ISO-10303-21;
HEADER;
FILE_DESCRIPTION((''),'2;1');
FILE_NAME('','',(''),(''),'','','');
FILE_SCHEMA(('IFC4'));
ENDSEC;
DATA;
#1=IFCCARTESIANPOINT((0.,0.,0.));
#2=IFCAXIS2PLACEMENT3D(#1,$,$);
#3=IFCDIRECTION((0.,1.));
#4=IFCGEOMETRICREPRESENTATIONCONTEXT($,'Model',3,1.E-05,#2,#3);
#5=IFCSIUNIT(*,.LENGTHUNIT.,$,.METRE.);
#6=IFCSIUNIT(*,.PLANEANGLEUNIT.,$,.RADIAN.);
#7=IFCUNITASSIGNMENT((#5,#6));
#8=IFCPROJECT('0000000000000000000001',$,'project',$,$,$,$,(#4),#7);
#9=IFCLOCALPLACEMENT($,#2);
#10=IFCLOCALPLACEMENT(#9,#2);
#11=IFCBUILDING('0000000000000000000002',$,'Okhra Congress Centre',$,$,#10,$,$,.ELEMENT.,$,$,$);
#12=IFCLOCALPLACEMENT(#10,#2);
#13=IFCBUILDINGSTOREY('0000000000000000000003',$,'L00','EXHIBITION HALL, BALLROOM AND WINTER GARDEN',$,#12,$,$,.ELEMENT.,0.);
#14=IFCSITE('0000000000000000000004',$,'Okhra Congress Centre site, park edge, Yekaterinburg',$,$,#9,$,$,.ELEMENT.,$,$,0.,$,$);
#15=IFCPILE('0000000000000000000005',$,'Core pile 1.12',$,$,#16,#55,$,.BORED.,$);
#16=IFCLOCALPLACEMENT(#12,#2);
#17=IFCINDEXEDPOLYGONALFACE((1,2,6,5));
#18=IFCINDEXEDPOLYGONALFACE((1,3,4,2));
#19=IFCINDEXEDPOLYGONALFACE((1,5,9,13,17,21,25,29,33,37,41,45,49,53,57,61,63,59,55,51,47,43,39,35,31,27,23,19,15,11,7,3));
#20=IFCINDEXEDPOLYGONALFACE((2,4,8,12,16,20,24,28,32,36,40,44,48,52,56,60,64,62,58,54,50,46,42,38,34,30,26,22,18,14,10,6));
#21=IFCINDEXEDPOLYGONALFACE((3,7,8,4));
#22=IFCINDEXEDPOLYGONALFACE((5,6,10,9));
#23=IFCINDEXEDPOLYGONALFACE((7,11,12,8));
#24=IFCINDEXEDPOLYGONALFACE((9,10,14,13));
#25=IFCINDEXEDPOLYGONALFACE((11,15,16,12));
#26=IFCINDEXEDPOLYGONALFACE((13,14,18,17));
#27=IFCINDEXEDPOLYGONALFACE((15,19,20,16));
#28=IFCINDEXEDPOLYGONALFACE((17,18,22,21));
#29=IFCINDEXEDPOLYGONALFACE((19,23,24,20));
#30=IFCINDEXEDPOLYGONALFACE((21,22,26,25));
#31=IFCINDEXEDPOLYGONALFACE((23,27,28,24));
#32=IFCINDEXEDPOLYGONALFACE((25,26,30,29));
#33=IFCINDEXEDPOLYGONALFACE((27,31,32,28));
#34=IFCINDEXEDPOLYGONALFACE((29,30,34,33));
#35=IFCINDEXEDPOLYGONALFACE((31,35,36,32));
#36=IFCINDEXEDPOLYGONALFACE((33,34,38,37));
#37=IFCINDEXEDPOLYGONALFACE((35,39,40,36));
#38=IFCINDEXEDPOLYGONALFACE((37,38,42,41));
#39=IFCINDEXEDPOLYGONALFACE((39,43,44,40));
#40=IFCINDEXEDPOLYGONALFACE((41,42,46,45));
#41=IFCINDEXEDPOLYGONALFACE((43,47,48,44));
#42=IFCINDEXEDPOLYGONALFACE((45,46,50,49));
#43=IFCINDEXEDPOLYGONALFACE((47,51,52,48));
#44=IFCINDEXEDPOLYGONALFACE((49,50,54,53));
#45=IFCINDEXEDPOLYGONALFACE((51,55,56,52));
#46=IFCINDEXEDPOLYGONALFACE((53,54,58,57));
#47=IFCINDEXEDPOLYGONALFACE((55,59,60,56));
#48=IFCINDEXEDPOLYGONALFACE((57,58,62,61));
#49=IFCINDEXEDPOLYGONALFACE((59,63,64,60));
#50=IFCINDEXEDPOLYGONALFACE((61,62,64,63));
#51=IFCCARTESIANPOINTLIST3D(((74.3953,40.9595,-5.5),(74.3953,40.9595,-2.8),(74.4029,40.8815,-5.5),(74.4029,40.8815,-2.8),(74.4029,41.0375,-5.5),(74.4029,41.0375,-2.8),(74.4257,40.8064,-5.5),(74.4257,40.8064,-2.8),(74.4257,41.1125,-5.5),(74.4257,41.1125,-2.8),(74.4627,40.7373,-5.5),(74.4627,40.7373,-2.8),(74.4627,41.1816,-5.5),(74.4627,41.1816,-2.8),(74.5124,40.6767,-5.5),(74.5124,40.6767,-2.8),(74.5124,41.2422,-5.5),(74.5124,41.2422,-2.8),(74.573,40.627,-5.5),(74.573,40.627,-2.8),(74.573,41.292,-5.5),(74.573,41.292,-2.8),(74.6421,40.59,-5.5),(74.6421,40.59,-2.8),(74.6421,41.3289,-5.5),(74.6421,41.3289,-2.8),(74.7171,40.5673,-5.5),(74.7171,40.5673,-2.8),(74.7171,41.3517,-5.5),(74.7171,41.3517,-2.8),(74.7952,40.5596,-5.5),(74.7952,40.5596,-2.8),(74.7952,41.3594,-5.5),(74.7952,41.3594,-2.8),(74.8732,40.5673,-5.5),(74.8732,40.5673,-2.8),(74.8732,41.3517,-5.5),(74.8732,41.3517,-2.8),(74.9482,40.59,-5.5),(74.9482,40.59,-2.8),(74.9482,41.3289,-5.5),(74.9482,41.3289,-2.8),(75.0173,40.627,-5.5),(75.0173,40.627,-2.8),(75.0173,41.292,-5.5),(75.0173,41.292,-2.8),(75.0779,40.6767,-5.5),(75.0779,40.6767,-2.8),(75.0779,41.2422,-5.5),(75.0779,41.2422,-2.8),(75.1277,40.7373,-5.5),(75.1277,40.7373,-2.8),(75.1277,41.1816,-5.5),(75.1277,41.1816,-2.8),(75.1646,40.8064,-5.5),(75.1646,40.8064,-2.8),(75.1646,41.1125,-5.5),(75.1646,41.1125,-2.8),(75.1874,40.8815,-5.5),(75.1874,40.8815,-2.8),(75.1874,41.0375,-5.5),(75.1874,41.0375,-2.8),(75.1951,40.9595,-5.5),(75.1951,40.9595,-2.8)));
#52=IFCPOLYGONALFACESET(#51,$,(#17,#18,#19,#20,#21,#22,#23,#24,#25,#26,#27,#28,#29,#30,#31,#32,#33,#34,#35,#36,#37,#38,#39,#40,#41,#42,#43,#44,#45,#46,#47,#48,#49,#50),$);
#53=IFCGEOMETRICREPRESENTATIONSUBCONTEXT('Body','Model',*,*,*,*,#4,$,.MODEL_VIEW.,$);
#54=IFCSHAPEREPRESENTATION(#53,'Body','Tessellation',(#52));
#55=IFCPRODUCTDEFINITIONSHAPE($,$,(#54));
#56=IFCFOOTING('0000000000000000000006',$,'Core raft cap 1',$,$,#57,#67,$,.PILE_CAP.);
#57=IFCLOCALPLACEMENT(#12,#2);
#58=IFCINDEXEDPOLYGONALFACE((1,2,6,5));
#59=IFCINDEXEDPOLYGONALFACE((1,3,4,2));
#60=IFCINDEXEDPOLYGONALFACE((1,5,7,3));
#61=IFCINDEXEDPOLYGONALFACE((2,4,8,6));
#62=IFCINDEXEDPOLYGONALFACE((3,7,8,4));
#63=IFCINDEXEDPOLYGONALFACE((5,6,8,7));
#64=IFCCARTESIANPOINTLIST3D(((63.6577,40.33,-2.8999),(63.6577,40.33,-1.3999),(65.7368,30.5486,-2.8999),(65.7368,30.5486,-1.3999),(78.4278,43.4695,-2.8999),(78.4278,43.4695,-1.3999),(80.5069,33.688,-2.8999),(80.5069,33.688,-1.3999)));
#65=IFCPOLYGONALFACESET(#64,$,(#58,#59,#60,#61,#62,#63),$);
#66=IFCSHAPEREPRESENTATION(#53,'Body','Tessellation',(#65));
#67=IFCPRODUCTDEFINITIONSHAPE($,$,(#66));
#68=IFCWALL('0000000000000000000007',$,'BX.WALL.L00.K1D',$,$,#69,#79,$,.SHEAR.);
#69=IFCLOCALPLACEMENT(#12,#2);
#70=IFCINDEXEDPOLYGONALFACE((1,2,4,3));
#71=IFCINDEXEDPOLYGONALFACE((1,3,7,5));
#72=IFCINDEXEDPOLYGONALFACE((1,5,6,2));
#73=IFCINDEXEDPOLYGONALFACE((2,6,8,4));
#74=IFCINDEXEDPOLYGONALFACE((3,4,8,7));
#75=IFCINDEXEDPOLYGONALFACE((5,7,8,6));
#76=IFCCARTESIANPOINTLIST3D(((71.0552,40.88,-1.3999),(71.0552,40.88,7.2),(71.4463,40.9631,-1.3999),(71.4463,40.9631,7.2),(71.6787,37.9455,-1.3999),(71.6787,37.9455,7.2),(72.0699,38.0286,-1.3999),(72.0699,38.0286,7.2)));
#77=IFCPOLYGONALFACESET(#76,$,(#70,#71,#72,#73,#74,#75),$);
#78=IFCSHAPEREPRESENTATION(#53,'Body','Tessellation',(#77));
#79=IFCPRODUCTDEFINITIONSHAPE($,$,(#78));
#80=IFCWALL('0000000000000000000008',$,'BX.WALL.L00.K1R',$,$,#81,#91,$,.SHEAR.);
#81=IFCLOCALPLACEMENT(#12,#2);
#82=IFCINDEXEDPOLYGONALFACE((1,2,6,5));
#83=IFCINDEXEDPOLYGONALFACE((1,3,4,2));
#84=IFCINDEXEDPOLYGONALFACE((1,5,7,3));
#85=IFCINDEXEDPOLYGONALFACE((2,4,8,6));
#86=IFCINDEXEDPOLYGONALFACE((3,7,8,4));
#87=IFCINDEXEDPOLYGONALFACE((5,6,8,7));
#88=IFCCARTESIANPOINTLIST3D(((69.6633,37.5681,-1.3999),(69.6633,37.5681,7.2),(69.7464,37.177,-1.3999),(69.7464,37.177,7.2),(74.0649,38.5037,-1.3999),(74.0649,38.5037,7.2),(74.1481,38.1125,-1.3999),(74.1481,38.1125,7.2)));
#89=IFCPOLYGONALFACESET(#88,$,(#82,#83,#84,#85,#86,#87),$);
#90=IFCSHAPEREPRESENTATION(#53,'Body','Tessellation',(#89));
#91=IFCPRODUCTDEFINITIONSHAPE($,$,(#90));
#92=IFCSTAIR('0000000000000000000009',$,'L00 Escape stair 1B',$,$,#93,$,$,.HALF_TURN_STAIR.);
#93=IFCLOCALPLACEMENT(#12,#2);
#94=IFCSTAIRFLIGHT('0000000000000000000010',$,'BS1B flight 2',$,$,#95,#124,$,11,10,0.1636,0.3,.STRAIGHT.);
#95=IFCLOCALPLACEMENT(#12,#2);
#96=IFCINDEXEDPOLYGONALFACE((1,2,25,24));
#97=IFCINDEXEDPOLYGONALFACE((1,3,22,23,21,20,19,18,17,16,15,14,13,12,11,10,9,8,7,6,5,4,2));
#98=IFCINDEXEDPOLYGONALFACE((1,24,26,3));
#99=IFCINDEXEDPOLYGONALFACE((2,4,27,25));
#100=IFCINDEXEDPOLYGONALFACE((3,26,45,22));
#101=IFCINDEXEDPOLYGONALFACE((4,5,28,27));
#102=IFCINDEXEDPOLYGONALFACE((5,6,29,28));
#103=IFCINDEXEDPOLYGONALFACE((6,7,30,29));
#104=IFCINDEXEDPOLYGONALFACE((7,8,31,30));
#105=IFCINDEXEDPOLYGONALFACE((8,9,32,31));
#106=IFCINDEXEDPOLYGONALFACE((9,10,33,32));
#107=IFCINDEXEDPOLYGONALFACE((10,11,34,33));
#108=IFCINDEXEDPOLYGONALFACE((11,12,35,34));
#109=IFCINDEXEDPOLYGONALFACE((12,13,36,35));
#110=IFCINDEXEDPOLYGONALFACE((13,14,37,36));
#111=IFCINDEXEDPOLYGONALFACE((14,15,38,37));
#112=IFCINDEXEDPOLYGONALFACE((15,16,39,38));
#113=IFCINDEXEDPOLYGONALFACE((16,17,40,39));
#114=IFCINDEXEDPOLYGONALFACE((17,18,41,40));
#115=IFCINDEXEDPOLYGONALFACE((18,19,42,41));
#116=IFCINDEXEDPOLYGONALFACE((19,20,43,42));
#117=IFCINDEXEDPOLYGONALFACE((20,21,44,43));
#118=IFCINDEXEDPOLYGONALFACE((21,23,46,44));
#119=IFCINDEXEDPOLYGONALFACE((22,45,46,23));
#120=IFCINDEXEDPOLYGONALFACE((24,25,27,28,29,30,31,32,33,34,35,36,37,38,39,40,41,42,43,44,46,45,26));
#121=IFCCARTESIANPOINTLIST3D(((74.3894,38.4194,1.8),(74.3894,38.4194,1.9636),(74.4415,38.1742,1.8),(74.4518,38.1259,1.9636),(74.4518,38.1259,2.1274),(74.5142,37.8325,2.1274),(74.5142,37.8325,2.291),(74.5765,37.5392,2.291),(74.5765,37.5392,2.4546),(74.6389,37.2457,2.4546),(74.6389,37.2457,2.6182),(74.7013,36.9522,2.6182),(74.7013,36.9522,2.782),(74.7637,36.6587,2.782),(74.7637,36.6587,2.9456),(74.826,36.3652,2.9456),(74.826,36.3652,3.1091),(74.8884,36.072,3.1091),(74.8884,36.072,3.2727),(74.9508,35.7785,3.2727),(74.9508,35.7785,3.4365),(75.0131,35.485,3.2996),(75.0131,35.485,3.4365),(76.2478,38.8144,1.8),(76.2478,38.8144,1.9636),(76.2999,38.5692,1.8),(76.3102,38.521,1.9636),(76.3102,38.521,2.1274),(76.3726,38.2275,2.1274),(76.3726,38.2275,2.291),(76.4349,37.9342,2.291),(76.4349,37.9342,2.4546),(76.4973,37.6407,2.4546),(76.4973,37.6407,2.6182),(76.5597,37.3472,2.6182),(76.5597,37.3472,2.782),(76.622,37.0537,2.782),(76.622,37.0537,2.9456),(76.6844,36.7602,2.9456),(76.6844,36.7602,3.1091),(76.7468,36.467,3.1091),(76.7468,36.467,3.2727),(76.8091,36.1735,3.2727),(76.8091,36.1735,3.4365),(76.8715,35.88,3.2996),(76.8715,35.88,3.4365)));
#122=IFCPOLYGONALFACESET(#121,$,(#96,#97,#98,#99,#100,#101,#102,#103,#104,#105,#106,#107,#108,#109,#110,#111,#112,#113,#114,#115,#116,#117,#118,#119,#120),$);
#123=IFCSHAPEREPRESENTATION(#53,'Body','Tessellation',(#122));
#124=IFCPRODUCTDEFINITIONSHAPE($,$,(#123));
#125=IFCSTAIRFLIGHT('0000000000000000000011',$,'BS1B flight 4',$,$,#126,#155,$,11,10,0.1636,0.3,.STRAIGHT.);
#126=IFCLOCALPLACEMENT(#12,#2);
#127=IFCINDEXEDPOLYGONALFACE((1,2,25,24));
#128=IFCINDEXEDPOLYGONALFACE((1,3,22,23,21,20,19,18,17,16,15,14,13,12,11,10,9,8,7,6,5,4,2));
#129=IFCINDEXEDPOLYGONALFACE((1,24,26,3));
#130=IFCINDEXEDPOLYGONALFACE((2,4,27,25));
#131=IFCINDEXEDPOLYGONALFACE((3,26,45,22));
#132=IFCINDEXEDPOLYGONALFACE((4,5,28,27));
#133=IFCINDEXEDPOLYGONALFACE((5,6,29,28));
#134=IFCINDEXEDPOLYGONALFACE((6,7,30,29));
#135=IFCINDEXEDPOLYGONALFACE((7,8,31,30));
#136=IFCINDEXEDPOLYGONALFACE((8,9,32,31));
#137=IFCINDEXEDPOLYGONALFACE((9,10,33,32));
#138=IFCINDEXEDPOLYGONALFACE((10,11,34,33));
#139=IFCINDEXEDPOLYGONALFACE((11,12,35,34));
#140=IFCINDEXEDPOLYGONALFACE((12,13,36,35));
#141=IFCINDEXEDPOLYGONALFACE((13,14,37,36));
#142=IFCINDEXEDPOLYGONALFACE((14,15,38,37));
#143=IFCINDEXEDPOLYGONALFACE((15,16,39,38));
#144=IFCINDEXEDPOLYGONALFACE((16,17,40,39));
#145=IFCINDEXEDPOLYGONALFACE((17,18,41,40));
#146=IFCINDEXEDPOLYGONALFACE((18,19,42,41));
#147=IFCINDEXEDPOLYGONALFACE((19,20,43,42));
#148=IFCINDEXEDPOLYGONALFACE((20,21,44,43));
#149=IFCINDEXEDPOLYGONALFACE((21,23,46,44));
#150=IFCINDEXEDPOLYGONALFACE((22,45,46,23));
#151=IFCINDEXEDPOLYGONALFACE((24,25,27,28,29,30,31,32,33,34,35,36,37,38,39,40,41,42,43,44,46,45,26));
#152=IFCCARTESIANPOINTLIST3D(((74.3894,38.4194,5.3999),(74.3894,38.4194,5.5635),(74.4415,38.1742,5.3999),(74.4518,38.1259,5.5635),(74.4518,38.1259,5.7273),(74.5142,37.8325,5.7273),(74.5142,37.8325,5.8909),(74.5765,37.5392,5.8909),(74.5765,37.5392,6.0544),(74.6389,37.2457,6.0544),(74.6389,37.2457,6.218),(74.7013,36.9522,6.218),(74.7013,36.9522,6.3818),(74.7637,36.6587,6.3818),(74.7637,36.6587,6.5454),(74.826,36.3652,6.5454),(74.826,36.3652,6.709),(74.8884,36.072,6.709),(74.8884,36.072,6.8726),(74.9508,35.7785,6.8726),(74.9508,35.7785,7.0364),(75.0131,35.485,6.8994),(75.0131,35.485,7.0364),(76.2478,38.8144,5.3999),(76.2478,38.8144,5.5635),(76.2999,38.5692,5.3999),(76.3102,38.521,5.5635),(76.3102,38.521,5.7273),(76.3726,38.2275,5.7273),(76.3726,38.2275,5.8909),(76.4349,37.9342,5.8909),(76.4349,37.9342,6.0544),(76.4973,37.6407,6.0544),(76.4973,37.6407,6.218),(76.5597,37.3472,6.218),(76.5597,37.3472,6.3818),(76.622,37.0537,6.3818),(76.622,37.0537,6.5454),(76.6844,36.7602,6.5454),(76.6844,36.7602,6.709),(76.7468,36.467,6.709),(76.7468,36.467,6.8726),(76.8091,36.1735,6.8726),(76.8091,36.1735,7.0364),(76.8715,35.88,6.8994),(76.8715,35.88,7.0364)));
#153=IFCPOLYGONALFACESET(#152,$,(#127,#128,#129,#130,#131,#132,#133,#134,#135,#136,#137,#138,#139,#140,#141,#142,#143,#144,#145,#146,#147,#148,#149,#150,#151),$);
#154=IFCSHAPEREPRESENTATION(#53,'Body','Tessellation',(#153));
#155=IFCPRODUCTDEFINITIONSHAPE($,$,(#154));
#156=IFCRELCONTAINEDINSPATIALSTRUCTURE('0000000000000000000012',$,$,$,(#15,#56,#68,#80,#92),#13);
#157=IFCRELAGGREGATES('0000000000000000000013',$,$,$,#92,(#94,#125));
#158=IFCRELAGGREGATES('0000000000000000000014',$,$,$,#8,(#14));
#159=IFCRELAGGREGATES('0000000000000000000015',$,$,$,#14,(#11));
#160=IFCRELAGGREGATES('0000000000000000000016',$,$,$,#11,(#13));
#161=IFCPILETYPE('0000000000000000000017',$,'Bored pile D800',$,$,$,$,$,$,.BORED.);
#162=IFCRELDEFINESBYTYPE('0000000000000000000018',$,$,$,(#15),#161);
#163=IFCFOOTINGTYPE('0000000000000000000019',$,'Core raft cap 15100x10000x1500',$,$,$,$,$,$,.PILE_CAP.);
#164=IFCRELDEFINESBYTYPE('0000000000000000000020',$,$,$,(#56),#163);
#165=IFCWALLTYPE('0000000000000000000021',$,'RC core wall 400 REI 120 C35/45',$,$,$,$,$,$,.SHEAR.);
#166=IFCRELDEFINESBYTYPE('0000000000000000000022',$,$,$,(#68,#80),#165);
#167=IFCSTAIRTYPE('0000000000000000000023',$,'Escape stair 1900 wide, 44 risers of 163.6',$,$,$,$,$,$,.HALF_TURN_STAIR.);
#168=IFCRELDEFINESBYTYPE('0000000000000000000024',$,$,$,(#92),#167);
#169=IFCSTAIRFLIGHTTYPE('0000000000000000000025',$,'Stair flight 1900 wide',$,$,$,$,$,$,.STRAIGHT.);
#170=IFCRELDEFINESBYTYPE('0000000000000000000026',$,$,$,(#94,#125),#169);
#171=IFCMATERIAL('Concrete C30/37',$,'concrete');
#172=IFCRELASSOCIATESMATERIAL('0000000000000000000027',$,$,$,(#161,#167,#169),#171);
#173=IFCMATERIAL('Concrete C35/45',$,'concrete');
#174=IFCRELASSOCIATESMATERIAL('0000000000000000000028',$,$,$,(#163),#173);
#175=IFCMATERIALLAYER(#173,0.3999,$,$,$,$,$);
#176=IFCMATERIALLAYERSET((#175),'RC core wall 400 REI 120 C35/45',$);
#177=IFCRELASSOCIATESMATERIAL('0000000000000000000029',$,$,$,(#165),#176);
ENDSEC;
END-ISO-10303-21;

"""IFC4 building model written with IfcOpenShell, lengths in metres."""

from ifc_helpers import new_model, si_unit, direction, frame, frame_2d, origin, origin_2d, place, context, subcontext, project, spatial, polyline, rectangle, circle, outline, extrude, material, layer, layer_set, material_profile, profile_set, type_object, element, aggregate, save


model = new_model("IFC4")

# Units and contexts
model_context = context("Model", 3, precision=1e-05, world=origin(), true_north=direction((0.0, 1.0)))
body_context = subcontext(model_context, "Body", "Model", "MODEL_VIEW")
ifc_project = project(units=[si_unit("LENGTHUNIT", "METRE"), si_unit("PLANEANGLEUNIT", "RADIAN")], contexts=[model_context])

# Site, building, storey
site_placement = place(None, origin())
site = spatial("IfcSite", under=ifc_project, at=site_placement, Name="Okhra Congress Centre site, park edge, Yekaterinburg", CompositionType="ELEMENT", RefElevation=0.0)
building_placement = place(site_placement, origin())
building = spatial("IfcBuilding", under=site, at=building_placement, Name="Okhra Congress Centre", CompositionType="ELEMENT")
storey_placement = place(building_placement, origin())
storey = spatial("IfcBuildingStorey", under=building, at=storey_placement, Name="L00", Description="EXHIBITION HALL, BALLROOM AND WINTER GARDEN", CompositionType="ELEMENT", Elevation=0.0)

# Pile
ifc_material_1 = material(Name="Concrete C30/37", Category="concrete")
ifc_material_profile = material_profile(ifc_material_1, circle(Radius=0.3999, at=origin_2d()), Name="D800")
ifc_profile_set = profile_set([ifc_material_profile], Name="Concrete C30/37")
pile_type = type_object("IfcPileType", Name="Bored pile D800", PredefinedType="BORED", material=ifc_profile_set)
for number, where, z_axis, x_axis, name in (
    (1, (74.7952, 40.9595, -2.8), (0.0, 0.0, -1.0), (1.0, 0.0, 0.0), "Core pile 1.12"),
):
    element("IfcPile", number, at=place(storey_placement, frame(where, z_axis=z_axis, x_axis=x_axis)), inside=storey, type_object=pile_type, Name=name, PredefinedType="BORED", context=body_context, shape_type="SweptSolid", body=[
        extrude(circle(Radius=0.3999, at=origin_2d()), origin(), (0.0, 0.0, 1.0), 2.7),
    ])

# Footing
ifc_material_2 = material(Name="Concrete C35/45", Category="concrete")
footing_type = type_object("IfcFootingType", Name="Core raft cap 15100x10000x1500", PredefinedType="PILE_CAP", material=ifc_material_2)
footing_placement = place(storey_placement, frame((72.0823, 37.009, -2.8999), z_axis=(0.0, 0.0, 1.0), x_axis=(0.978148, 0.207912, 0.0)))
element("IfcFooting", 2, at=footing_placement, inside=storey, type_object=footing_type, Name="Core raft cap 1", PredefinedType="PILE_CAP", context=body_context, shape_type="SweptSolid", body=[
    extrude(rectangle(XDim=15.1001, YDim=10.0, at=origin_2d()), origin(), (0.0, 0.0, 1.0), 1.5),
])

# Walls
ifc_layer = layer(ifc_material_2, 0.3999)
ifc_layer_set = layer_set([ifc_layer], Name="RC core wall 400 REI 120 C35/45")
wall_type = type_object("IfcWallType", Name="RC core wall 400 REI 120 C35/45", PredefinedType="SHEAR", material=ifc_layer_set)
wall_1_placement = place(storey_placement, frame((71.8743, 37.9871, -1.3999), z_axis=(0.0, 0.0, 1.0), x_axis=(-0.207839, 0.978163, 0.0)))
element("IfcWall", 3, at=wall_1_placement, inside=storey, type_object=wall_type, Name="BX.WALL.L00.K1D", PredefinedType="SHEAR", context=body_context, shape_type="SweptSolid", body=[
    extrude(rectangle(XDim=3.0, YDim=0.3999, at=frame_2d((1.5, 0.0))), origin(), (0.0, 0.0, 1.0), 8.5999),
])
wall_2_placement = place(storey_placement, frame((69.7048, 37.3726, -1.3999), z_axis=(0.0, 0.0, 1.0), x_axis=(0.97815, 0.207902, 0.0)))
element("IfcWall", 4, at=wall_2_placement, inside=storey, type_object=wall_type, Name="BX.WALL.L00.K1R", PredefinedType="SHEAR", context=body_context, shape_type="SweptSolid", body=[
    extrude(rectangle(XDim=4.5, YDim=0.3999, at=frame_2d((2.25, 0.0))), origin(), (0.0, 0.0, 1.0), 8.5999),
])

# Stair, stair flights
stair_type = type_object("IfcStairType", Name="Escape stair 1900 wide, 44 risers of 163.6", PredefinedType="HALF_TURN_STAIR", material=ifc_material_1)
stair_placement = place(storey_placement, origin())
stair = element("IfcStair", 5, at=stair_placement, inside=storey, type_object=stair_type, Name="L00 Escape stair 1B", PredefinedType="HALF_TURN_STAIR")
stair_flight_type = type_object("IfcStairFlightType", Name="Stair flight 1900 wide", PredefinedType="STRAIGHT", material=ifc_material_1)
stair_flight_1_placement = place(storey_placement, frame((75.3186, 38.6169, 1.8), z_axis=(0.0, 0.0, 1.0), x_axis=(0.207912, -0.978148, 0.0)))
stair_flight_1 = element("IfcStairFlight", 6, at=stair_flight_1_placement, type_object=stair_flight_type, Name="BS1B flight 2", NumberOfRisers=11, NumberOfTreads=10, PredefinedType="STRAIGHT", RiserHeight=0.1636, TreadLength=0.3, context=body_context, shape_type="SweptSolid", body=[
    extrude(outline(polyline([(0.0, 0.0), (0.0, 0.1636), (0.3, 0.1636), (0.3, 0.3274), (0.6001, 0.3274), (0.6001, 0.491), (0.8999, 0.491), (0.8999, 0.6545), (1.2, 0.6545), (1.2, 0.8181), (1.5, 0.8181), (1.5, 0.9819), (1.8, 0.9819), (1.8, 1.1455), (2.1001, 1.1455), (2.1001, 1.3091), (2.3999, 1.3091), (2.3999, 1.4727), (2.7, 1.4727), (2.7, 1.6365), (3.0, 1.6365), (3.0, 1.8), (3.0, 1.4995), (0.2507, 0.0), (0.0, 0.0)])), frame((0.0, 0.95, 0.0), z_axis=(0.0, -1.0, 0.0), x_axis=(1.0, 0.0, 0.0)), (0.0, 0.0, 1.0), 1.8999),
])
stair_flight_2_placement = place(storey_placement, frame((75.3186, 38.6169, 5.3999), z_axis=(0.0, 0.0, 1.0), x_axis=(0.207912, -0.978148, 0.0)))
stair_flight_2 = element("IfcStairFlight", 7, at=stair_flight_2_placement, type_object=stair_flight_type, Name="BS1B flight 4", NumberOfRisers=11, NumberOfTreads=10, PredefinedType="STRAIGHT", RiserHeight=0.1636, TreadLength=0.3, context=body_context, shape_type="SweptSolid", body=[
    extrude(outline(polyline([(0.0, 0.0), (0.0, 0.1636), (0.3, 0.1636), (0.3, 0.3274), (0.6001, 0.3274), (0.6001, 0.491), (0.8999, 0.491), (0.8999, 0.6545), (1.2, 0.6545), (1.2, 0.8181), (1.5, 0.8181), (1.5, 0.9819), (1.8, 0.9819), (1.8, 1.1455), (2.1001, 1.1455), (2.1001, 1.3091), (2.3999, 1.3091), (2.3999, 1.4727), (2.7, 1.4727), (2.7, 1.6365), (3.0, 1.6365), (3.0, 1.8), (3.0, 1.4995), (0.2507, 0.0), (0.0, 0.0)])), frame((0.0, 0.95, 0.0), z_axis=(0.0, -1.0, 0.0), x_axis=(1.0, 0.0, 0.0)), (0.0, 0.0, 1.0), 1.8999),
])
aggregate(stair, [stair_flight_1, stair_flight_2])

save(model, "model.ifc")
